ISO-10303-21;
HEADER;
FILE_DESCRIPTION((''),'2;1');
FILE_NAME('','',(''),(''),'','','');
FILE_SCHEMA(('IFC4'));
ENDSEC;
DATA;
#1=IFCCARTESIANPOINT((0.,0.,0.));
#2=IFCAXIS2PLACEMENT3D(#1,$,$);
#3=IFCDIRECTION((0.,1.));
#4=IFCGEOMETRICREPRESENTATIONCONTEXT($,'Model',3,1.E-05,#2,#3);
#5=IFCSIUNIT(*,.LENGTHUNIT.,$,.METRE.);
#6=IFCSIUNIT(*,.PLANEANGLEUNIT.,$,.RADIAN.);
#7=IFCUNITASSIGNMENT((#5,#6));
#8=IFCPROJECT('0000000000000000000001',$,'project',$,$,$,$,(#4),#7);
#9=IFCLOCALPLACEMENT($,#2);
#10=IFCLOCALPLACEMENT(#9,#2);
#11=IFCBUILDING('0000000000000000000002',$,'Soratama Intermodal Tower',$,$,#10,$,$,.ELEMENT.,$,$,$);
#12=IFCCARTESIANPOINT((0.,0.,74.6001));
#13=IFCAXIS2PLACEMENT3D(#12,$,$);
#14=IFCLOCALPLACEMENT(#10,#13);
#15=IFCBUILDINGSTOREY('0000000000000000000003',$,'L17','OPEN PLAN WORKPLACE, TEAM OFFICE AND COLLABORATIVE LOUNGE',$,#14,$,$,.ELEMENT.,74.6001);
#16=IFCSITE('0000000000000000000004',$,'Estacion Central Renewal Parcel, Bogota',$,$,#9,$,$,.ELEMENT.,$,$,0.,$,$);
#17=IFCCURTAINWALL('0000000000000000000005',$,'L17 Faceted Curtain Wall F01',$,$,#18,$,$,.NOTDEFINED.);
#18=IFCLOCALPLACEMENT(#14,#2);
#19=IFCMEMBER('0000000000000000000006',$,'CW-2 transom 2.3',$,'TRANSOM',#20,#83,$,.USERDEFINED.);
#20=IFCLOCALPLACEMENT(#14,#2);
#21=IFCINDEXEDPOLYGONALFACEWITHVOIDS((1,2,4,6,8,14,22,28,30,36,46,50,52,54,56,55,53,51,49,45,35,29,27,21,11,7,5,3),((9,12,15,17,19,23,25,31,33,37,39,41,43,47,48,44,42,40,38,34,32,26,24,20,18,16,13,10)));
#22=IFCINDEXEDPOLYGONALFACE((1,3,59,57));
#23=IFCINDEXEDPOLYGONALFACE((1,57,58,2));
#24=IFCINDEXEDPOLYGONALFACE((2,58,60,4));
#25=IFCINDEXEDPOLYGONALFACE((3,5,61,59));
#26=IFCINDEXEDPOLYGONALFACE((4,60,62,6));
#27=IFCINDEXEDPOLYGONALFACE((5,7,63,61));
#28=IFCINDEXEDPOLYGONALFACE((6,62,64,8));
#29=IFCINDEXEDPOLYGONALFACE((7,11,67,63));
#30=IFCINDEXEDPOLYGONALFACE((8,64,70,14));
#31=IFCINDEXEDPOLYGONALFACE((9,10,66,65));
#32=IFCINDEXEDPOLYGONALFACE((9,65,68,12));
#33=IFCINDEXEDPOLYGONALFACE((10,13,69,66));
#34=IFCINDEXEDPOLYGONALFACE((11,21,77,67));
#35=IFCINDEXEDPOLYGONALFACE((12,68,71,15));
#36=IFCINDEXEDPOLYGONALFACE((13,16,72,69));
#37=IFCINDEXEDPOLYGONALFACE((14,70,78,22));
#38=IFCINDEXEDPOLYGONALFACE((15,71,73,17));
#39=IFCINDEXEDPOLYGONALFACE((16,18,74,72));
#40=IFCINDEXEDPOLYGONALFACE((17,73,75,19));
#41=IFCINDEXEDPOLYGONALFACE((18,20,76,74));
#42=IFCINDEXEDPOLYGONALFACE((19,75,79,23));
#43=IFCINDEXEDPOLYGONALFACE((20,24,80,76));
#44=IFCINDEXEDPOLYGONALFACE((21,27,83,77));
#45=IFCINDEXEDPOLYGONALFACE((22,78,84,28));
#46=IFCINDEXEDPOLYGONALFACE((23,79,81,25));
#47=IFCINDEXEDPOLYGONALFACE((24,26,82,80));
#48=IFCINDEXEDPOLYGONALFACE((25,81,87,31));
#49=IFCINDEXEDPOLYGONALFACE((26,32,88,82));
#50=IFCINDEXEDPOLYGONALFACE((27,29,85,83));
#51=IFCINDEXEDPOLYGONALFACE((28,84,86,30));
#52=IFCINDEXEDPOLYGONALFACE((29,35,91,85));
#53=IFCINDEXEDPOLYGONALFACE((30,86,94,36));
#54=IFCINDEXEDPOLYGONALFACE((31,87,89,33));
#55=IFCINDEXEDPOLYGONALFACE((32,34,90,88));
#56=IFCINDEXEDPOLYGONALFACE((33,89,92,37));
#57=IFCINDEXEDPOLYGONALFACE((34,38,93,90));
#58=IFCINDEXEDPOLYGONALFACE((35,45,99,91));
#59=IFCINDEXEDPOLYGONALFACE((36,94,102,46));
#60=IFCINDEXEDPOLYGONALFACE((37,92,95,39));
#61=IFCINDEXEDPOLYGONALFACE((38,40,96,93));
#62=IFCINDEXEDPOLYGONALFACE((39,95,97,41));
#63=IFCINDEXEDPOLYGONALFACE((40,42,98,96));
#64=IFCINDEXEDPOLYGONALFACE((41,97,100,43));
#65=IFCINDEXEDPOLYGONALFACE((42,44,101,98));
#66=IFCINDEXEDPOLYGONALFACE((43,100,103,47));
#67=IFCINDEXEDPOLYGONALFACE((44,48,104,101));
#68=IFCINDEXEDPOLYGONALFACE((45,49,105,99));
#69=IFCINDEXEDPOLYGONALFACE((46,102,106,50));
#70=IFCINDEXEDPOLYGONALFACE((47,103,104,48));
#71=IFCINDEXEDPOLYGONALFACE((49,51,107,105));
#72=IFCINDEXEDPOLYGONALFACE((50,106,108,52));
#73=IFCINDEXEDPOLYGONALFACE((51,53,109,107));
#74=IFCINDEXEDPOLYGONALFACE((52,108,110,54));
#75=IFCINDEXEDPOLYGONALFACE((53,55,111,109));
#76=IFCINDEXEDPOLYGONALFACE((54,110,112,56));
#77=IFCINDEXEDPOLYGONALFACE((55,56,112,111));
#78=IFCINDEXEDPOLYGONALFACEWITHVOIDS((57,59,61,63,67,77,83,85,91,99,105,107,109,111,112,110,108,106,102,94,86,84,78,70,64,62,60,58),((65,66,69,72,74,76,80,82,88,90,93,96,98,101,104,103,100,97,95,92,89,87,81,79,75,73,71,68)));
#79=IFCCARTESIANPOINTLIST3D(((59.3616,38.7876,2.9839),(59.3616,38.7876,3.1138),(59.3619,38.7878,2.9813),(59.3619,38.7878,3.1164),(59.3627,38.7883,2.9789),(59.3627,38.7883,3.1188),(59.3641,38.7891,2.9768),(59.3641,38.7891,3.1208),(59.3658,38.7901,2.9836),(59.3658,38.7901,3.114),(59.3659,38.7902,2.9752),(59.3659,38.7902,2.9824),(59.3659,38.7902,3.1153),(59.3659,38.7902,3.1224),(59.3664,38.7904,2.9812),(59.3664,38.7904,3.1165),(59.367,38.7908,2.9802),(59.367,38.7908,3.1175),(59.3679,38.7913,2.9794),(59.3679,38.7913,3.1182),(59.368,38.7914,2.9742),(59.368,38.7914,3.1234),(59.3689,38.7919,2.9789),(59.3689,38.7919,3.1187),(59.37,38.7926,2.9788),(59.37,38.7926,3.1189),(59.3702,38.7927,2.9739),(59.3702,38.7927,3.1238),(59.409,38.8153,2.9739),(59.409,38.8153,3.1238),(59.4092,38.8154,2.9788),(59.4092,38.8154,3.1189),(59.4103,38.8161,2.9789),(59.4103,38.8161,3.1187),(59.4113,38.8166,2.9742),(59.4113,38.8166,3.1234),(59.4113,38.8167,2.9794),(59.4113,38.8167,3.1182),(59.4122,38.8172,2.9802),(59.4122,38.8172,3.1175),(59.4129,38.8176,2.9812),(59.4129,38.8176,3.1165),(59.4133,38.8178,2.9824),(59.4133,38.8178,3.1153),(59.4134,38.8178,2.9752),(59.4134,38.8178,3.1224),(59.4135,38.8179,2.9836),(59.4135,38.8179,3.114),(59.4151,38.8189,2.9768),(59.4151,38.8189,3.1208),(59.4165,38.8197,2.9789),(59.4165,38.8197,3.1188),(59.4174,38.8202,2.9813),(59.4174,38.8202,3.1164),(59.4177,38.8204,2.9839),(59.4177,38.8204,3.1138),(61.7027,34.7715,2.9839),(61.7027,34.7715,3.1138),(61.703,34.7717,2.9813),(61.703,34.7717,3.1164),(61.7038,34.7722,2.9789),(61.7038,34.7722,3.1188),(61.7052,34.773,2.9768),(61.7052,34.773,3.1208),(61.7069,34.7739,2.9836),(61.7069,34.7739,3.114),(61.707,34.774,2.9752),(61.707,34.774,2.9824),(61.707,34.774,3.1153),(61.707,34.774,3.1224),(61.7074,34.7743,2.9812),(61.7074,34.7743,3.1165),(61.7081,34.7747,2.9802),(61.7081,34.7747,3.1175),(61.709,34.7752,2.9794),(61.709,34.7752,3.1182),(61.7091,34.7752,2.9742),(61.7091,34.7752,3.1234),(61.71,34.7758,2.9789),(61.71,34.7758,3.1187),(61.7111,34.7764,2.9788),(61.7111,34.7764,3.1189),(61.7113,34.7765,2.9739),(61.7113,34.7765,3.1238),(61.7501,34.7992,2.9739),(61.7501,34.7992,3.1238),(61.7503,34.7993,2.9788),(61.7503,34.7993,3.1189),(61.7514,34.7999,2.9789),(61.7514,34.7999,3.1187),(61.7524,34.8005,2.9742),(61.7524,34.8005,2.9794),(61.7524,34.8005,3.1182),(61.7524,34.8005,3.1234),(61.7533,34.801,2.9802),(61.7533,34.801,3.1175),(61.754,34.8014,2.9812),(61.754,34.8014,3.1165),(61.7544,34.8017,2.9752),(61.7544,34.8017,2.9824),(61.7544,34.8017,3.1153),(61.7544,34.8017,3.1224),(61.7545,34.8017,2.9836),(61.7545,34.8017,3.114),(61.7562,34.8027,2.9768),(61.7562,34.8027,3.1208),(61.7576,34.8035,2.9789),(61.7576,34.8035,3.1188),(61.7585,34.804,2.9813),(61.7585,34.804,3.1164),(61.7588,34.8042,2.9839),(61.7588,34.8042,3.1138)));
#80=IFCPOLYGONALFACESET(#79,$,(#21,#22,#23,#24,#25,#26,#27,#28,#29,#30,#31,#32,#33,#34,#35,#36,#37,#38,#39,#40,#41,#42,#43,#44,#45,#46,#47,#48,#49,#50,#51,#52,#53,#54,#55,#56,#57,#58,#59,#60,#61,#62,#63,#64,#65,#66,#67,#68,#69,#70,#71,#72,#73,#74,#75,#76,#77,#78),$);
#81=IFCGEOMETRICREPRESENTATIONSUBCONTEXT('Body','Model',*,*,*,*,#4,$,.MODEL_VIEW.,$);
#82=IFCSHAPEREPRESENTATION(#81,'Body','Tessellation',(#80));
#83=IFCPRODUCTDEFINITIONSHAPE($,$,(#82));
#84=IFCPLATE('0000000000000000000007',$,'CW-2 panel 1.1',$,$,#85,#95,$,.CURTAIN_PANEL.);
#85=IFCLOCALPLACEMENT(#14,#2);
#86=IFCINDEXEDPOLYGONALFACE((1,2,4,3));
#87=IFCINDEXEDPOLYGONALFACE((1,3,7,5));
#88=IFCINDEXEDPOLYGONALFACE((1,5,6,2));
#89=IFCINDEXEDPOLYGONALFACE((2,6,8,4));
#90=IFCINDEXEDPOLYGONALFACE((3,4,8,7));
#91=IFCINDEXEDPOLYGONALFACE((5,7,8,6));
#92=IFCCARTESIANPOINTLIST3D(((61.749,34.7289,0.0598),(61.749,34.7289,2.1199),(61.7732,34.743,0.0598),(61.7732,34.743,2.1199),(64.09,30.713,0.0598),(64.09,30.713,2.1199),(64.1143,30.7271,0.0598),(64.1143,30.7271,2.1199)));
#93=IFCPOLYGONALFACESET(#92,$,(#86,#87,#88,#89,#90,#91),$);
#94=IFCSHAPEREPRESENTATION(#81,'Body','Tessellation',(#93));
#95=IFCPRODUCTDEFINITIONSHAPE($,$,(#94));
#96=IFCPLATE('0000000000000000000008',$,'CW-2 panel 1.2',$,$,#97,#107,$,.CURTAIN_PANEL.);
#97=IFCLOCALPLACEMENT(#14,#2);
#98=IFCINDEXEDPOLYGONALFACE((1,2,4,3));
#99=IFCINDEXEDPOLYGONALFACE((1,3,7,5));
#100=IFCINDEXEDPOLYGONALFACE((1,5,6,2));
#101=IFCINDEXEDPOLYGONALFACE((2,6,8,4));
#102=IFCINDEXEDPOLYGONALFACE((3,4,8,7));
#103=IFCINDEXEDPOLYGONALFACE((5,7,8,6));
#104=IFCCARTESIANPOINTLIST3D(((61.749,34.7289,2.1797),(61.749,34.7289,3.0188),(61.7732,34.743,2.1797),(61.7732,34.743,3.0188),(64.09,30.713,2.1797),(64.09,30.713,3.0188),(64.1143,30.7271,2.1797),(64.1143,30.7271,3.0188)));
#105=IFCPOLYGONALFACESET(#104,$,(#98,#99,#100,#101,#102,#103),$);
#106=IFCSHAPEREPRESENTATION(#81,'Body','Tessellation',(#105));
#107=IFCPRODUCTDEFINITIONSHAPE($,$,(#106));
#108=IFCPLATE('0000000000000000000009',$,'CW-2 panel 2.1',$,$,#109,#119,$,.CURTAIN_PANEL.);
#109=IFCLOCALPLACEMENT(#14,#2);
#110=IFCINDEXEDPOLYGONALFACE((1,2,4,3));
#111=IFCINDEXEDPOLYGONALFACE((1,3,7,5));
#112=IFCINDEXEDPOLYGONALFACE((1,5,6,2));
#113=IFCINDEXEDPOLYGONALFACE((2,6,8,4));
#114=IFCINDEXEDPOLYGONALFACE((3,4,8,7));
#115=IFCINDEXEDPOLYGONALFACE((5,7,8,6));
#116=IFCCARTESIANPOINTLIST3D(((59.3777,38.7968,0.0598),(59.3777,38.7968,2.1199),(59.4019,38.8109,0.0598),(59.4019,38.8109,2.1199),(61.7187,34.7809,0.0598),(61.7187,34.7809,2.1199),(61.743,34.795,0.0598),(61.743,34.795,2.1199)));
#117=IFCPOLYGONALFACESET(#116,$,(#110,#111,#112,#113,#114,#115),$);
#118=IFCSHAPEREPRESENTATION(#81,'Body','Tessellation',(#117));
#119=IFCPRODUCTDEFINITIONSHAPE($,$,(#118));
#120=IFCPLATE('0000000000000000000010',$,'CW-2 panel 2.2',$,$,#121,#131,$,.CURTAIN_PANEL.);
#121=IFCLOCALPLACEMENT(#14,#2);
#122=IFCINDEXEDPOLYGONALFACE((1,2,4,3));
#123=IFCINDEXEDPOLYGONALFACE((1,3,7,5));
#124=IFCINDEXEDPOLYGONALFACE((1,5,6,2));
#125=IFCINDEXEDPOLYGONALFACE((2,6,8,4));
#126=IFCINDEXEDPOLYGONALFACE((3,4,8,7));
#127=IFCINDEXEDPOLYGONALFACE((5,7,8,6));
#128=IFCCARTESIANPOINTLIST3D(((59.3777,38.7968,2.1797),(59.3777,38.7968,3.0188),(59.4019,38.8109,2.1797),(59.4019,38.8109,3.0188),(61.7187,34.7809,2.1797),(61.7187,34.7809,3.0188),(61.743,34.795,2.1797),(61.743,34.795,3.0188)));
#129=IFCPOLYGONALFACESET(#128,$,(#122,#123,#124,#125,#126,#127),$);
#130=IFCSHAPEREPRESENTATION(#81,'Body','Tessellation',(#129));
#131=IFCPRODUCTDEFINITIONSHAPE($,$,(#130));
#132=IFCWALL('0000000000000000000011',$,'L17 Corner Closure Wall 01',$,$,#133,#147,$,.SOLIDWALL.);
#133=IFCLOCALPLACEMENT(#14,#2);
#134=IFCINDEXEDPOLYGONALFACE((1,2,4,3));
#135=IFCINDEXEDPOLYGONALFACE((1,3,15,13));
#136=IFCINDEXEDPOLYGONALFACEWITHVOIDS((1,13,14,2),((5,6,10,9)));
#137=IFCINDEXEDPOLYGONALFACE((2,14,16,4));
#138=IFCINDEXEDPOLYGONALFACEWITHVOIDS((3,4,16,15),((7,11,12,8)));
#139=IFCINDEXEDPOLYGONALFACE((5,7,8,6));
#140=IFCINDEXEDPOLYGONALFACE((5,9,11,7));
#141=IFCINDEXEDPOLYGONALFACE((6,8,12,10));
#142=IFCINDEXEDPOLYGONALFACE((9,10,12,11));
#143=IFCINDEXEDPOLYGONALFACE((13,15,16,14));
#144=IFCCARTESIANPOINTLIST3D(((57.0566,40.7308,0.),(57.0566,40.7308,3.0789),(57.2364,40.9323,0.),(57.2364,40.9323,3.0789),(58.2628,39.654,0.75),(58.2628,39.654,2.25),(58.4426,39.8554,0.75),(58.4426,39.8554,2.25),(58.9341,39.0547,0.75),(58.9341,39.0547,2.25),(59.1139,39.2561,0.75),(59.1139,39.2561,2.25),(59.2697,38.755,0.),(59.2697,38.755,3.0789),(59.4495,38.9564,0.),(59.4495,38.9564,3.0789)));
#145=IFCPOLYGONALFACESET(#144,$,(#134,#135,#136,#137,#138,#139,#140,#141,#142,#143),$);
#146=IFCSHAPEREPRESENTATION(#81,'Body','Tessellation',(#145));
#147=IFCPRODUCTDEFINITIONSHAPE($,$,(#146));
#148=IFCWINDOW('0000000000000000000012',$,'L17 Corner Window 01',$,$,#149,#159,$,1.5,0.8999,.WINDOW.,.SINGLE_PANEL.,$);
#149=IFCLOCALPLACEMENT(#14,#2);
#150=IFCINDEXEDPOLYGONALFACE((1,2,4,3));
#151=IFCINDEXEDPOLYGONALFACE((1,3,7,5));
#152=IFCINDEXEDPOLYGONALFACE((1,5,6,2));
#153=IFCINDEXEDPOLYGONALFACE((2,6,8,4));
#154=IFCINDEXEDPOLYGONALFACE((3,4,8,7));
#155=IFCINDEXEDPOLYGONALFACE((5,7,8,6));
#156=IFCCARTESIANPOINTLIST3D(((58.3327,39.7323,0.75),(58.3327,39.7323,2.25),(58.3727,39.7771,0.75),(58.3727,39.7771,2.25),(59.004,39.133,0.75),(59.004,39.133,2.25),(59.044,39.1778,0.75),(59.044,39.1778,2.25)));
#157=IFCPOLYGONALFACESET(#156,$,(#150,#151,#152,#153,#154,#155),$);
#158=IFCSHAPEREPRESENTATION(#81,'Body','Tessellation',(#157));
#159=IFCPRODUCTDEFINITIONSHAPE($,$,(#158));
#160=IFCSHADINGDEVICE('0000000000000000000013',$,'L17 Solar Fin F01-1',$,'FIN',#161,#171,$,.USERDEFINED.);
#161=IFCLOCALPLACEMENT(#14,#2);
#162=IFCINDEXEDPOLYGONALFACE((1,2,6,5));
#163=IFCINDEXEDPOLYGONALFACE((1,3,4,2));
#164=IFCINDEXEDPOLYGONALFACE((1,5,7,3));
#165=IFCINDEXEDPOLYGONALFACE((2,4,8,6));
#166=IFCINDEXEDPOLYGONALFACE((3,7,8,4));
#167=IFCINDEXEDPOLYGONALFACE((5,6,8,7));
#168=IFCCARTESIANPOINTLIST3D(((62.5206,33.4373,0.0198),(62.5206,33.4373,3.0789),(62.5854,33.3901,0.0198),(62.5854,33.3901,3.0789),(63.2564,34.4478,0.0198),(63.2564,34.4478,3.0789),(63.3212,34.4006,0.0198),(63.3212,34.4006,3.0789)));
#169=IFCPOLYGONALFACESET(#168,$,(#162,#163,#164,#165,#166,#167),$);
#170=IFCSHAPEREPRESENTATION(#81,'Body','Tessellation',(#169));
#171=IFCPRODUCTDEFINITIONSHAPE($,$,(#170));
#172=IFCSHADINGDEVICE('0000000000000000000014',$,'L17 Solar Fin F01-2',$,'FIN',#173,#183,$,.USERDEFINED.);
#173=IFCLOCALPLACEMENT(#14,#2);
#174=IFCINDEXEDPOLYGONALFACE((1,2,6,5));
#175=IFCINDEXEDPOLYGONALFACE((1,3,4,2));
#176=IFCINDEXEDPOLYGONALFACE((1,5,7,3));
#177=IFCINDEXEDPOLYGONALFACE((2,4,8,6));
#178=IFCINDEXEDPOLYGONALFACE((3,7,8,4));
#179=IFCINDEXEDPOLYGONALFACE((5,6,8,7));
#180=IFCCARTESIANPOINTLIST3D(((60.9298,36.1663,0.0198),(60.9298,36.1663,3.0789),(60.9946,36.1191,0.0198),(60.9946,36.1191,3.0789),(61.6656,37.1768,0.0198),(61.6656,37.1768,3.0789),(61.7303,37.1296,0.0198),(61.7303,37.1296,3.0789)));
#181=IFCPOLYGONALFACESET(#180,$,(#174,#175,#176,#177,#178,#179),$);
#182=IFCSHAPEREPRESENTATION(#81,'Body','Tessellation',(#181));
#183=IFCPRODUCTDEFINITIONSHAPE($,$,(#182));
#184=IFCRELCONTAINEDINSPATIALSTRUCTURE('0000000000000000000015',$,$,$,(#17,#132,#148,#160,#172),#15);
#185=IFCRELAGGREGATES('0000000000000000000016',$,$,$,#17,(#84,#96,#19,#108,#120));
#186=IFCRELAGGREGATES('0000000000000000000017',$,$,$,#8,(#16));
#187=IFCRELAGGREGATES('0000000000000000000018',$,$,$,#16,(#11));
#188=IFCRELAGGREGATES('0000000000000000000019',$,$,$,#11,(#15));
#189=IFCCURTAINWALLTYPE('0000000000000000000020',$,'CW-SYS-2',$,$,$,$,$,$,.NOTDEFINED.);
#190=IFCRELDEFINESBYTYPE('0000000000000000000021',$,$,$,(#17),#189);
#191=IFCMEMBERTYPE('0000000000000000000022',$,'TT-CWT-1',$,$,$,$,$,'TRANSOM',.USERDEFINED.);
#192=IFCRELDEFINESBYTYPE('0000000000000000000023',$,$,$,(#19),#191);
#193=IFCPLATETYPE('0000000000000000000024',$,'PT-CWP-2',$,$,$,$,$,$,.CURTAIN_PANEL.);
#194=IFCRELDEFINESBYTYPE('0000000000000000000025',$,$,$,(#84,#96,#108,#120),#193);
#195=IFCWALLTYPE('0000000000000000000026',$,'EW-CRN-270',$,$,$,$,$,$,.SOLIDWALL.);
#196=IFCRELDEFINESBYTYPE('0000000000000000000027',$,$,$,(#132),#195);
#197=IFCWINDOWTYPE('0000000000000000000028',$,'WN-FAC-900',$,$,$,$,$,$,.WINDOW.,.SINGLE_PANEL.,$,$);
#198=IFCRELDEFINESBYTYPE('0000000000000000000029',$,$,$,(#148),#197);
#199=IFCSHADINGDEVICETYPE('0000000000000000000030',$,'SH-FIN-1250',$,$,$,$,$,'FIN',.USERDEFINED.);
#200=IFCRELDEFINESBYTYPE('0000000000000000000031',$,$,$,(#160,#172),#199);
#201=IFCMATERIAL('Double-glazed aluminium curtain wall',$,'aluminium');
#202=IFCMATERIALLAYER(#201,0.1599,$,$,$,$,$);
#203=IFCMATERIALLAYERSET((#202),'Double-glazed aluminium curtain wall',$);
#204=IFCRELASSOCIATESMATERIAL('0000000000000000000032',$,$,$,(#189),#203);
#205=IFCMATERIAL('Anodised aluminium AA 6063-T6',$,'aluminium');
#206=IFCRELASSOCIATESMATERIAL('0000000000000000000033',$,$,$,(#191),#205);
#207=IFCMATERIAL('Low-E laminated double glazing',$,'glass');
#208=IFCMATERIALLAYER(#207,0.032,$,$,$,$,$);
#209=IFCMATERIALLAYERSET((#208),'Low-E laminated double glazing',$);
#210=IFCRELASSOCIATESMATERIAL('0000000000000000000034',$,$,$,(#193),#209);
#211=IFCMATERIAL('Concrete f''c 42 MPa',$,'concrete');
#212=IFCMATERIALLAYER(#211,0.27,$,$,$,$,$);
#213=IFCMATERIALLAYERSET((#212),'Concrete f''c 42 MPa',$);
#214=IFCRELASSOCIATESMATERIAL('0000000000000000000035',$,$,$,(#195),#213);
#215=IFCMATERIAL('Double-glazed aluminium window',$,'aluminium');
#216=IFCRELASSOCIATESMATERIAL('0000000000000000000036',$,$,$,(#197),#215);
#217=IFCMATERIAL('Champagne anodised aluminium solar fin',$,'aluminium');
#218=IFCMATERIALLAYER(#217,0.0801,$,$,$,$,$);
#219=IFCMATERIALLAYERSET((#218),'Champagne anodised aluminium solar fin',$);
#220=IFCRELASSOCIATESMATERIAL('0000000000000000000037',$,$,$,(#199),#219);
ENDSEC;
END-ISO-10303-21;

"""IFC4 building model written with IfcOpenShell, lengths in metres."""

from ifc_helpers import new_model, si_unit, direction, frame, frame_2d, origin, origin_2d, place, context, subcontext, project, spatial, rectangle, hollow_rectangle, extrude, material, layer, layer_set, material_profile, profile_set, type_object, element, fill, aggregate, save


model = new_model("IFC4")

# Units and contexts
model_context = context("Model", 3, precision=1e-05, world=origin(), true_north=direction((0.0, 1.0)))
body_context = subcontext(model_context, "Body", "Model", "MODEL_VIEW")
ifc_project = project(units=[si_unit("LENGTHUNIT", "METRE"), si_unit("PLANEANGLEUNIT", "RADIAN")], contexts=[model_context])

# Site, building, storey
site_placement = place(None, origin())
site = spatial("IfcSite", under=ifc_project, at=site_placement, Name="Estacion Central Renewal Parcel, Bogota", CompositionType="ELEMENT", RefElevation=0.0)
building_placement = place(site_placement, origin())
building = spatial("IfcBuilding", under=site, at=building_placement, Name="Soratama Intermodal Tower", CompositionType="ELEMENT")
storey_placement = place(building_placement, frame((0.0, 0.0, 74.6001)))
storey = spatial("IfcBuildingStorey", under=building, at=storey_placement, Name="L17", Description="OPEN PLAN WORKPLACE, TEAM OFFICE AND COLLABORATIVE LOUNGE", CompositionType="ELEMENT", Elevation=74.6001)

# Curtain wall, member, plates
ifc_material_1 = material(Name="Double-glazed aluminium curtain wall", Category="aluminium")
ifc_layer_1 = layer(ifc_material_1, 0.1599)
ifc_layer_set_1 = layer_set([ifc_layer_1], Name="Double-glazed aluminium curtain wall")
curtain_wall_type = type_object("IfcCurtainWallType", Name="CW-SYS-2", PredefinedType="NOTDEFINED", material=ifc_layer_set_1)
curtain_wall_placement = place(storey_placement, origin())
curtain_wall = element("IfcCurtainWall", 1, at=curtain_wall_placement, inside=storey, type_object=curtain_wall_type, Name="L17 Faceted Curtain Wall F01", PredefinedType="NOTDEFINED")
ifc_material_2 = material(Name="Anodised aluminium AA 6063-T6", Category="aluminium")
ifc_material_profile_1 = material_profile(ifc_material_2, hollow_rectangle(XDim=0.0649, YDim=0.1499, WallThickness=0.0049, InnerFilletRadius=0.0049, OuterFilletRadius=0.01, at=origin_2d()), Name="CWT150X65X5")
ifc_profile_set_1 = profile_set([ifc_material_profile_1], Name="Anodised aluminium AA 6063-T6")
member_type_1 = type_object("IfcMemberType", Name="TT-CWT-1", ElementType="TRANSOM", PredefinedType="USERDEFINED", material=ifc_profile_set_1)
member_1_placement = place(storey_placement, frame((61.7307, 34.7878, 3.0488), z_axis=(-0.503603, 0.863935, 0.0), x_axis=(-0.863935, -0.503603, 0.0)))
member_1 = element("IfcMember", 2, at=member_1_placement, type_object=member_type_1, Name="CW-2 transom 2.3", ObjectType="TRANSOM", PredefinedType="USERDEFINED", context=body_context, shape_type="SweptSolid", body=[
    extrude(hollow_rectangle(XDim=0.0649, YDim=0.1499, WallThickness=0.0049, InnerFilletRadius=0.0049, OuterFilletRadius=0.01, at=origin_2d()), origin(), (0.0, 0.0, 1.0), 4.6487),
])
ifc_material_3 = material(Name="Low-E laminated double glazing", Category="glass")
ifc_layer_2 = layer(ifc_material_3, 0.032)
ifc_layer_set_2 = layer_set([ifc_layer_2], Name="Low-E laminated double glazing")
plate_type = type_object("IfcPlateType", Name="PT-CWP-2", PredefinedType="CURTAIN_PANEL", material=ifc_layer_set_2)
plate_1_placement = place(storey_placement, frame((62.9316, 32.728, 0.0598), z_axis=(0.0, 0.0, 1.0), x_axis=(-0.50362, 0.863925, 0.0)))
plate_1 = element("IfcPlate", 3, at=plate_1_placement, type_object=plate_type, Name="CW-2 panel 1.1", PredefinedType="CURTAIN_PANEL", context=body_context, shape_type="SweptSolid", body=[
    extrude(rectangle(XDim=4.6484, YDim=0.0281, at=origin_2d()), origin(), (0.0, 0.0, 1.0), 2.0601),
])
plate_2_placement = place(storey_placement, frame((62.9316, 32.728, 2.1797), z_axis=(0.0, 0.0, 1.0), x_axis=(-0.50362, 0.863925, 0.0)))
plate_2 = element("IfcPlate", 4, at=plate_2_placement, type_object=plate_type, Name="CW-2 panel 1.2", PredefinedType="CURTAIN_PANEL", context=body_context, shape_type="SweptSolid", body=[
    extrude(rectangle(XDim=4.6484, YDim=0.0281, at=origin_2d()), origin(), (0.0, 0.0, 1.0), 0.8391),
])
plate_3_placement = place(storey_placement, frame((60.5603, 36.7959, 0.0598), z_axis=(0.0, 0.0, 1.0), x_axis=(-0.50362, 0.863925, 0.0)))
plate_3 = element("IfcPlate", 5, at=plate_3_placement, type_object=plate_type, Name="CW-2 panel 2.1", PredefinedType="CURTAIN_PANEL", context=body_context, shape_type="SweptSolid", body=[
    extrude(rectangle(XDim=4.6484, YDim=0.0281, at=origin_2d()), origin(), (0.0, 0.0, 1.0), 2.0601),
])
plate_4_placement = place(storey_placement, frame((60.5603, 36.7959, 2.1797), z_axis=(0.0, 0.0, 1.0), x_axis=(-0.50362, 0.863925, 0.0)))
plate_4 = element("IfcPlate", 6, at=plate_4_placement, type_object=plate_type, Name="CW-2 panel 2.2", PredefinedType="CURTAIN_PANEL", context=body_context, shape_type="SweptSolid", body=[
    extrude(rectangle(XDim=4.6484, YDim=0.0281, at=origin_2d()), origin(), (0.0, 0.0, 1.0), 0.8391),
])
aggregate(curtain_wall, [plate_1, plate_2, member_1, plate_3, plate_4])

# Wall, opening, window
ifc_material_4 = material(Name="Concrete f'c 42 MPa", Category="concrete")
ifc_layer_3 = layer(ifc_material_4, 0.27)
ifc_layer_set_3 = layer_set([ifc_layer_3], Name="Concrete f'c 42 MPa")
wall_type = type_object("IfcWallType", Name="EW-CRN-270", PredefinedType="SOLIDWALL", material=ifc_layer_set_3)
wall_placement = place(storey_placement, frame((59.3596, 38.8557, 0.0), z_axis=(0.0, 0.0, 1.0), x_axis=(-0.745968, 0.665981, 0.0)))
wall = element("IfcWall", 7, at=wall_placement, inside=storey, type_object=wall_type, Name="L17 Corner Closure Wall 01", PredefinedType="SOLIDWALL", context=body_context, shape_type="SweptSolid", body=[
    extrude(rectangle(XDim=2.9668, YDim=0.27, at=frame_2d((1.4834, 0.0))), origin(), (0.0, 0.0, 1.0), 3.0789),
])
opening_placement = place(wall_placement, frame((0.45, 0.0, 0.75)))
opening = element("IfcOpeningElement", 8, at=opening_placement, cuts=wall, PredefinedType="OPENING", context=body_context, shape_type="SweptSolid", body=[
    extrude(rectangle(XDim=0.8999, YDim=1.5, at=frame_2d((0.45, 0.75))), frame((0.0, 0.145, 0.0), z_axis=(0.0, -1.0, 0.0), x_axis=(1.0, 0.0, 0.0)), (0.0, 0.0, 1.0), 0.29),
])
ifc_material_5 = material(Name="Double-glazed aluminium window", Category="aluminium")
window_type = type_object("IfcWindowType", Name="WN-FAC-900", PartitioningType="SINGLE_PANEL", PredefinedType="WINDOW", material=ifc_material_5)
window_placement = place(opening_placement, origin())
window = element("IfcWindow", 9, at=window_placement, inside=storey, type_object=window_type, Name="L17 Corner Window 01", OverallHeight=1.5, OverallWidth=0.8999, PartitioningType="SINGLE_PANEL", PredefinedType="WINDOW", context=body_context, shape_type="SweptSolid", body=[
    extrude(rectangle(XDim=0.8999, YDim=1.5, at=frame_2d((0.45, 0.75))), frame((0.0, 0.03, 0.0), z_axis=(0.0, -1.0, 0.0), x_axis=(1.0, 0.0, 0.0)), (0.0, 0.0, 1.0), 0.0601),
])
fill(opening, window)

# Shading devices
ifc_material_6 = material(Name="Champagne anodised aluminium solar fin", Category="aluminium")
ifc_layer_4 = layer(ifc_material_6, 0.0801)
ifc_layer_set_4 = layer_set([ifc_layer_4], Name="Champagne anodised aluminium solar fin")
shading_device_type = type_object("IfcShadingDeviceType", Name="SH-FIN-1250", ElementType="FIN", PredefinedType="USERDEFINED", material=ifc_layer_set_4)
for number, where, z_axis, x_axis, name in (
    (10, (62.9209, 33.9189, 0.0198), (0.0, 0.0, 1.0), (0.588632, 0.808401, 0.0), "L17 Solar Fin F01-1"),
    (11, (61.3301, 36.6479, 0.0198), (0.0, 0.0, 1.0), (0.588632, 0.808401, 0.0), "L17 Solar Fin F01-2"),
):
    element("IfcShadingDevice", number, at=place(storey_placement, frame(where, z_axis=z_axis, x_axis=x_axis)), inside=storey, type_object=shading_device_type, Name=name, ObjectType="FIN", PredefinedType="USERDEFINED", context=body_context, shape_type="SweptSolid", body=[
        extrude(rectangle(XDim=1.25, YDim=0.0801, at=origin_2d()), origin(), (0.0, 0.0, 1.0), 3.0591),
    ])

save(model, "model.ifc")
